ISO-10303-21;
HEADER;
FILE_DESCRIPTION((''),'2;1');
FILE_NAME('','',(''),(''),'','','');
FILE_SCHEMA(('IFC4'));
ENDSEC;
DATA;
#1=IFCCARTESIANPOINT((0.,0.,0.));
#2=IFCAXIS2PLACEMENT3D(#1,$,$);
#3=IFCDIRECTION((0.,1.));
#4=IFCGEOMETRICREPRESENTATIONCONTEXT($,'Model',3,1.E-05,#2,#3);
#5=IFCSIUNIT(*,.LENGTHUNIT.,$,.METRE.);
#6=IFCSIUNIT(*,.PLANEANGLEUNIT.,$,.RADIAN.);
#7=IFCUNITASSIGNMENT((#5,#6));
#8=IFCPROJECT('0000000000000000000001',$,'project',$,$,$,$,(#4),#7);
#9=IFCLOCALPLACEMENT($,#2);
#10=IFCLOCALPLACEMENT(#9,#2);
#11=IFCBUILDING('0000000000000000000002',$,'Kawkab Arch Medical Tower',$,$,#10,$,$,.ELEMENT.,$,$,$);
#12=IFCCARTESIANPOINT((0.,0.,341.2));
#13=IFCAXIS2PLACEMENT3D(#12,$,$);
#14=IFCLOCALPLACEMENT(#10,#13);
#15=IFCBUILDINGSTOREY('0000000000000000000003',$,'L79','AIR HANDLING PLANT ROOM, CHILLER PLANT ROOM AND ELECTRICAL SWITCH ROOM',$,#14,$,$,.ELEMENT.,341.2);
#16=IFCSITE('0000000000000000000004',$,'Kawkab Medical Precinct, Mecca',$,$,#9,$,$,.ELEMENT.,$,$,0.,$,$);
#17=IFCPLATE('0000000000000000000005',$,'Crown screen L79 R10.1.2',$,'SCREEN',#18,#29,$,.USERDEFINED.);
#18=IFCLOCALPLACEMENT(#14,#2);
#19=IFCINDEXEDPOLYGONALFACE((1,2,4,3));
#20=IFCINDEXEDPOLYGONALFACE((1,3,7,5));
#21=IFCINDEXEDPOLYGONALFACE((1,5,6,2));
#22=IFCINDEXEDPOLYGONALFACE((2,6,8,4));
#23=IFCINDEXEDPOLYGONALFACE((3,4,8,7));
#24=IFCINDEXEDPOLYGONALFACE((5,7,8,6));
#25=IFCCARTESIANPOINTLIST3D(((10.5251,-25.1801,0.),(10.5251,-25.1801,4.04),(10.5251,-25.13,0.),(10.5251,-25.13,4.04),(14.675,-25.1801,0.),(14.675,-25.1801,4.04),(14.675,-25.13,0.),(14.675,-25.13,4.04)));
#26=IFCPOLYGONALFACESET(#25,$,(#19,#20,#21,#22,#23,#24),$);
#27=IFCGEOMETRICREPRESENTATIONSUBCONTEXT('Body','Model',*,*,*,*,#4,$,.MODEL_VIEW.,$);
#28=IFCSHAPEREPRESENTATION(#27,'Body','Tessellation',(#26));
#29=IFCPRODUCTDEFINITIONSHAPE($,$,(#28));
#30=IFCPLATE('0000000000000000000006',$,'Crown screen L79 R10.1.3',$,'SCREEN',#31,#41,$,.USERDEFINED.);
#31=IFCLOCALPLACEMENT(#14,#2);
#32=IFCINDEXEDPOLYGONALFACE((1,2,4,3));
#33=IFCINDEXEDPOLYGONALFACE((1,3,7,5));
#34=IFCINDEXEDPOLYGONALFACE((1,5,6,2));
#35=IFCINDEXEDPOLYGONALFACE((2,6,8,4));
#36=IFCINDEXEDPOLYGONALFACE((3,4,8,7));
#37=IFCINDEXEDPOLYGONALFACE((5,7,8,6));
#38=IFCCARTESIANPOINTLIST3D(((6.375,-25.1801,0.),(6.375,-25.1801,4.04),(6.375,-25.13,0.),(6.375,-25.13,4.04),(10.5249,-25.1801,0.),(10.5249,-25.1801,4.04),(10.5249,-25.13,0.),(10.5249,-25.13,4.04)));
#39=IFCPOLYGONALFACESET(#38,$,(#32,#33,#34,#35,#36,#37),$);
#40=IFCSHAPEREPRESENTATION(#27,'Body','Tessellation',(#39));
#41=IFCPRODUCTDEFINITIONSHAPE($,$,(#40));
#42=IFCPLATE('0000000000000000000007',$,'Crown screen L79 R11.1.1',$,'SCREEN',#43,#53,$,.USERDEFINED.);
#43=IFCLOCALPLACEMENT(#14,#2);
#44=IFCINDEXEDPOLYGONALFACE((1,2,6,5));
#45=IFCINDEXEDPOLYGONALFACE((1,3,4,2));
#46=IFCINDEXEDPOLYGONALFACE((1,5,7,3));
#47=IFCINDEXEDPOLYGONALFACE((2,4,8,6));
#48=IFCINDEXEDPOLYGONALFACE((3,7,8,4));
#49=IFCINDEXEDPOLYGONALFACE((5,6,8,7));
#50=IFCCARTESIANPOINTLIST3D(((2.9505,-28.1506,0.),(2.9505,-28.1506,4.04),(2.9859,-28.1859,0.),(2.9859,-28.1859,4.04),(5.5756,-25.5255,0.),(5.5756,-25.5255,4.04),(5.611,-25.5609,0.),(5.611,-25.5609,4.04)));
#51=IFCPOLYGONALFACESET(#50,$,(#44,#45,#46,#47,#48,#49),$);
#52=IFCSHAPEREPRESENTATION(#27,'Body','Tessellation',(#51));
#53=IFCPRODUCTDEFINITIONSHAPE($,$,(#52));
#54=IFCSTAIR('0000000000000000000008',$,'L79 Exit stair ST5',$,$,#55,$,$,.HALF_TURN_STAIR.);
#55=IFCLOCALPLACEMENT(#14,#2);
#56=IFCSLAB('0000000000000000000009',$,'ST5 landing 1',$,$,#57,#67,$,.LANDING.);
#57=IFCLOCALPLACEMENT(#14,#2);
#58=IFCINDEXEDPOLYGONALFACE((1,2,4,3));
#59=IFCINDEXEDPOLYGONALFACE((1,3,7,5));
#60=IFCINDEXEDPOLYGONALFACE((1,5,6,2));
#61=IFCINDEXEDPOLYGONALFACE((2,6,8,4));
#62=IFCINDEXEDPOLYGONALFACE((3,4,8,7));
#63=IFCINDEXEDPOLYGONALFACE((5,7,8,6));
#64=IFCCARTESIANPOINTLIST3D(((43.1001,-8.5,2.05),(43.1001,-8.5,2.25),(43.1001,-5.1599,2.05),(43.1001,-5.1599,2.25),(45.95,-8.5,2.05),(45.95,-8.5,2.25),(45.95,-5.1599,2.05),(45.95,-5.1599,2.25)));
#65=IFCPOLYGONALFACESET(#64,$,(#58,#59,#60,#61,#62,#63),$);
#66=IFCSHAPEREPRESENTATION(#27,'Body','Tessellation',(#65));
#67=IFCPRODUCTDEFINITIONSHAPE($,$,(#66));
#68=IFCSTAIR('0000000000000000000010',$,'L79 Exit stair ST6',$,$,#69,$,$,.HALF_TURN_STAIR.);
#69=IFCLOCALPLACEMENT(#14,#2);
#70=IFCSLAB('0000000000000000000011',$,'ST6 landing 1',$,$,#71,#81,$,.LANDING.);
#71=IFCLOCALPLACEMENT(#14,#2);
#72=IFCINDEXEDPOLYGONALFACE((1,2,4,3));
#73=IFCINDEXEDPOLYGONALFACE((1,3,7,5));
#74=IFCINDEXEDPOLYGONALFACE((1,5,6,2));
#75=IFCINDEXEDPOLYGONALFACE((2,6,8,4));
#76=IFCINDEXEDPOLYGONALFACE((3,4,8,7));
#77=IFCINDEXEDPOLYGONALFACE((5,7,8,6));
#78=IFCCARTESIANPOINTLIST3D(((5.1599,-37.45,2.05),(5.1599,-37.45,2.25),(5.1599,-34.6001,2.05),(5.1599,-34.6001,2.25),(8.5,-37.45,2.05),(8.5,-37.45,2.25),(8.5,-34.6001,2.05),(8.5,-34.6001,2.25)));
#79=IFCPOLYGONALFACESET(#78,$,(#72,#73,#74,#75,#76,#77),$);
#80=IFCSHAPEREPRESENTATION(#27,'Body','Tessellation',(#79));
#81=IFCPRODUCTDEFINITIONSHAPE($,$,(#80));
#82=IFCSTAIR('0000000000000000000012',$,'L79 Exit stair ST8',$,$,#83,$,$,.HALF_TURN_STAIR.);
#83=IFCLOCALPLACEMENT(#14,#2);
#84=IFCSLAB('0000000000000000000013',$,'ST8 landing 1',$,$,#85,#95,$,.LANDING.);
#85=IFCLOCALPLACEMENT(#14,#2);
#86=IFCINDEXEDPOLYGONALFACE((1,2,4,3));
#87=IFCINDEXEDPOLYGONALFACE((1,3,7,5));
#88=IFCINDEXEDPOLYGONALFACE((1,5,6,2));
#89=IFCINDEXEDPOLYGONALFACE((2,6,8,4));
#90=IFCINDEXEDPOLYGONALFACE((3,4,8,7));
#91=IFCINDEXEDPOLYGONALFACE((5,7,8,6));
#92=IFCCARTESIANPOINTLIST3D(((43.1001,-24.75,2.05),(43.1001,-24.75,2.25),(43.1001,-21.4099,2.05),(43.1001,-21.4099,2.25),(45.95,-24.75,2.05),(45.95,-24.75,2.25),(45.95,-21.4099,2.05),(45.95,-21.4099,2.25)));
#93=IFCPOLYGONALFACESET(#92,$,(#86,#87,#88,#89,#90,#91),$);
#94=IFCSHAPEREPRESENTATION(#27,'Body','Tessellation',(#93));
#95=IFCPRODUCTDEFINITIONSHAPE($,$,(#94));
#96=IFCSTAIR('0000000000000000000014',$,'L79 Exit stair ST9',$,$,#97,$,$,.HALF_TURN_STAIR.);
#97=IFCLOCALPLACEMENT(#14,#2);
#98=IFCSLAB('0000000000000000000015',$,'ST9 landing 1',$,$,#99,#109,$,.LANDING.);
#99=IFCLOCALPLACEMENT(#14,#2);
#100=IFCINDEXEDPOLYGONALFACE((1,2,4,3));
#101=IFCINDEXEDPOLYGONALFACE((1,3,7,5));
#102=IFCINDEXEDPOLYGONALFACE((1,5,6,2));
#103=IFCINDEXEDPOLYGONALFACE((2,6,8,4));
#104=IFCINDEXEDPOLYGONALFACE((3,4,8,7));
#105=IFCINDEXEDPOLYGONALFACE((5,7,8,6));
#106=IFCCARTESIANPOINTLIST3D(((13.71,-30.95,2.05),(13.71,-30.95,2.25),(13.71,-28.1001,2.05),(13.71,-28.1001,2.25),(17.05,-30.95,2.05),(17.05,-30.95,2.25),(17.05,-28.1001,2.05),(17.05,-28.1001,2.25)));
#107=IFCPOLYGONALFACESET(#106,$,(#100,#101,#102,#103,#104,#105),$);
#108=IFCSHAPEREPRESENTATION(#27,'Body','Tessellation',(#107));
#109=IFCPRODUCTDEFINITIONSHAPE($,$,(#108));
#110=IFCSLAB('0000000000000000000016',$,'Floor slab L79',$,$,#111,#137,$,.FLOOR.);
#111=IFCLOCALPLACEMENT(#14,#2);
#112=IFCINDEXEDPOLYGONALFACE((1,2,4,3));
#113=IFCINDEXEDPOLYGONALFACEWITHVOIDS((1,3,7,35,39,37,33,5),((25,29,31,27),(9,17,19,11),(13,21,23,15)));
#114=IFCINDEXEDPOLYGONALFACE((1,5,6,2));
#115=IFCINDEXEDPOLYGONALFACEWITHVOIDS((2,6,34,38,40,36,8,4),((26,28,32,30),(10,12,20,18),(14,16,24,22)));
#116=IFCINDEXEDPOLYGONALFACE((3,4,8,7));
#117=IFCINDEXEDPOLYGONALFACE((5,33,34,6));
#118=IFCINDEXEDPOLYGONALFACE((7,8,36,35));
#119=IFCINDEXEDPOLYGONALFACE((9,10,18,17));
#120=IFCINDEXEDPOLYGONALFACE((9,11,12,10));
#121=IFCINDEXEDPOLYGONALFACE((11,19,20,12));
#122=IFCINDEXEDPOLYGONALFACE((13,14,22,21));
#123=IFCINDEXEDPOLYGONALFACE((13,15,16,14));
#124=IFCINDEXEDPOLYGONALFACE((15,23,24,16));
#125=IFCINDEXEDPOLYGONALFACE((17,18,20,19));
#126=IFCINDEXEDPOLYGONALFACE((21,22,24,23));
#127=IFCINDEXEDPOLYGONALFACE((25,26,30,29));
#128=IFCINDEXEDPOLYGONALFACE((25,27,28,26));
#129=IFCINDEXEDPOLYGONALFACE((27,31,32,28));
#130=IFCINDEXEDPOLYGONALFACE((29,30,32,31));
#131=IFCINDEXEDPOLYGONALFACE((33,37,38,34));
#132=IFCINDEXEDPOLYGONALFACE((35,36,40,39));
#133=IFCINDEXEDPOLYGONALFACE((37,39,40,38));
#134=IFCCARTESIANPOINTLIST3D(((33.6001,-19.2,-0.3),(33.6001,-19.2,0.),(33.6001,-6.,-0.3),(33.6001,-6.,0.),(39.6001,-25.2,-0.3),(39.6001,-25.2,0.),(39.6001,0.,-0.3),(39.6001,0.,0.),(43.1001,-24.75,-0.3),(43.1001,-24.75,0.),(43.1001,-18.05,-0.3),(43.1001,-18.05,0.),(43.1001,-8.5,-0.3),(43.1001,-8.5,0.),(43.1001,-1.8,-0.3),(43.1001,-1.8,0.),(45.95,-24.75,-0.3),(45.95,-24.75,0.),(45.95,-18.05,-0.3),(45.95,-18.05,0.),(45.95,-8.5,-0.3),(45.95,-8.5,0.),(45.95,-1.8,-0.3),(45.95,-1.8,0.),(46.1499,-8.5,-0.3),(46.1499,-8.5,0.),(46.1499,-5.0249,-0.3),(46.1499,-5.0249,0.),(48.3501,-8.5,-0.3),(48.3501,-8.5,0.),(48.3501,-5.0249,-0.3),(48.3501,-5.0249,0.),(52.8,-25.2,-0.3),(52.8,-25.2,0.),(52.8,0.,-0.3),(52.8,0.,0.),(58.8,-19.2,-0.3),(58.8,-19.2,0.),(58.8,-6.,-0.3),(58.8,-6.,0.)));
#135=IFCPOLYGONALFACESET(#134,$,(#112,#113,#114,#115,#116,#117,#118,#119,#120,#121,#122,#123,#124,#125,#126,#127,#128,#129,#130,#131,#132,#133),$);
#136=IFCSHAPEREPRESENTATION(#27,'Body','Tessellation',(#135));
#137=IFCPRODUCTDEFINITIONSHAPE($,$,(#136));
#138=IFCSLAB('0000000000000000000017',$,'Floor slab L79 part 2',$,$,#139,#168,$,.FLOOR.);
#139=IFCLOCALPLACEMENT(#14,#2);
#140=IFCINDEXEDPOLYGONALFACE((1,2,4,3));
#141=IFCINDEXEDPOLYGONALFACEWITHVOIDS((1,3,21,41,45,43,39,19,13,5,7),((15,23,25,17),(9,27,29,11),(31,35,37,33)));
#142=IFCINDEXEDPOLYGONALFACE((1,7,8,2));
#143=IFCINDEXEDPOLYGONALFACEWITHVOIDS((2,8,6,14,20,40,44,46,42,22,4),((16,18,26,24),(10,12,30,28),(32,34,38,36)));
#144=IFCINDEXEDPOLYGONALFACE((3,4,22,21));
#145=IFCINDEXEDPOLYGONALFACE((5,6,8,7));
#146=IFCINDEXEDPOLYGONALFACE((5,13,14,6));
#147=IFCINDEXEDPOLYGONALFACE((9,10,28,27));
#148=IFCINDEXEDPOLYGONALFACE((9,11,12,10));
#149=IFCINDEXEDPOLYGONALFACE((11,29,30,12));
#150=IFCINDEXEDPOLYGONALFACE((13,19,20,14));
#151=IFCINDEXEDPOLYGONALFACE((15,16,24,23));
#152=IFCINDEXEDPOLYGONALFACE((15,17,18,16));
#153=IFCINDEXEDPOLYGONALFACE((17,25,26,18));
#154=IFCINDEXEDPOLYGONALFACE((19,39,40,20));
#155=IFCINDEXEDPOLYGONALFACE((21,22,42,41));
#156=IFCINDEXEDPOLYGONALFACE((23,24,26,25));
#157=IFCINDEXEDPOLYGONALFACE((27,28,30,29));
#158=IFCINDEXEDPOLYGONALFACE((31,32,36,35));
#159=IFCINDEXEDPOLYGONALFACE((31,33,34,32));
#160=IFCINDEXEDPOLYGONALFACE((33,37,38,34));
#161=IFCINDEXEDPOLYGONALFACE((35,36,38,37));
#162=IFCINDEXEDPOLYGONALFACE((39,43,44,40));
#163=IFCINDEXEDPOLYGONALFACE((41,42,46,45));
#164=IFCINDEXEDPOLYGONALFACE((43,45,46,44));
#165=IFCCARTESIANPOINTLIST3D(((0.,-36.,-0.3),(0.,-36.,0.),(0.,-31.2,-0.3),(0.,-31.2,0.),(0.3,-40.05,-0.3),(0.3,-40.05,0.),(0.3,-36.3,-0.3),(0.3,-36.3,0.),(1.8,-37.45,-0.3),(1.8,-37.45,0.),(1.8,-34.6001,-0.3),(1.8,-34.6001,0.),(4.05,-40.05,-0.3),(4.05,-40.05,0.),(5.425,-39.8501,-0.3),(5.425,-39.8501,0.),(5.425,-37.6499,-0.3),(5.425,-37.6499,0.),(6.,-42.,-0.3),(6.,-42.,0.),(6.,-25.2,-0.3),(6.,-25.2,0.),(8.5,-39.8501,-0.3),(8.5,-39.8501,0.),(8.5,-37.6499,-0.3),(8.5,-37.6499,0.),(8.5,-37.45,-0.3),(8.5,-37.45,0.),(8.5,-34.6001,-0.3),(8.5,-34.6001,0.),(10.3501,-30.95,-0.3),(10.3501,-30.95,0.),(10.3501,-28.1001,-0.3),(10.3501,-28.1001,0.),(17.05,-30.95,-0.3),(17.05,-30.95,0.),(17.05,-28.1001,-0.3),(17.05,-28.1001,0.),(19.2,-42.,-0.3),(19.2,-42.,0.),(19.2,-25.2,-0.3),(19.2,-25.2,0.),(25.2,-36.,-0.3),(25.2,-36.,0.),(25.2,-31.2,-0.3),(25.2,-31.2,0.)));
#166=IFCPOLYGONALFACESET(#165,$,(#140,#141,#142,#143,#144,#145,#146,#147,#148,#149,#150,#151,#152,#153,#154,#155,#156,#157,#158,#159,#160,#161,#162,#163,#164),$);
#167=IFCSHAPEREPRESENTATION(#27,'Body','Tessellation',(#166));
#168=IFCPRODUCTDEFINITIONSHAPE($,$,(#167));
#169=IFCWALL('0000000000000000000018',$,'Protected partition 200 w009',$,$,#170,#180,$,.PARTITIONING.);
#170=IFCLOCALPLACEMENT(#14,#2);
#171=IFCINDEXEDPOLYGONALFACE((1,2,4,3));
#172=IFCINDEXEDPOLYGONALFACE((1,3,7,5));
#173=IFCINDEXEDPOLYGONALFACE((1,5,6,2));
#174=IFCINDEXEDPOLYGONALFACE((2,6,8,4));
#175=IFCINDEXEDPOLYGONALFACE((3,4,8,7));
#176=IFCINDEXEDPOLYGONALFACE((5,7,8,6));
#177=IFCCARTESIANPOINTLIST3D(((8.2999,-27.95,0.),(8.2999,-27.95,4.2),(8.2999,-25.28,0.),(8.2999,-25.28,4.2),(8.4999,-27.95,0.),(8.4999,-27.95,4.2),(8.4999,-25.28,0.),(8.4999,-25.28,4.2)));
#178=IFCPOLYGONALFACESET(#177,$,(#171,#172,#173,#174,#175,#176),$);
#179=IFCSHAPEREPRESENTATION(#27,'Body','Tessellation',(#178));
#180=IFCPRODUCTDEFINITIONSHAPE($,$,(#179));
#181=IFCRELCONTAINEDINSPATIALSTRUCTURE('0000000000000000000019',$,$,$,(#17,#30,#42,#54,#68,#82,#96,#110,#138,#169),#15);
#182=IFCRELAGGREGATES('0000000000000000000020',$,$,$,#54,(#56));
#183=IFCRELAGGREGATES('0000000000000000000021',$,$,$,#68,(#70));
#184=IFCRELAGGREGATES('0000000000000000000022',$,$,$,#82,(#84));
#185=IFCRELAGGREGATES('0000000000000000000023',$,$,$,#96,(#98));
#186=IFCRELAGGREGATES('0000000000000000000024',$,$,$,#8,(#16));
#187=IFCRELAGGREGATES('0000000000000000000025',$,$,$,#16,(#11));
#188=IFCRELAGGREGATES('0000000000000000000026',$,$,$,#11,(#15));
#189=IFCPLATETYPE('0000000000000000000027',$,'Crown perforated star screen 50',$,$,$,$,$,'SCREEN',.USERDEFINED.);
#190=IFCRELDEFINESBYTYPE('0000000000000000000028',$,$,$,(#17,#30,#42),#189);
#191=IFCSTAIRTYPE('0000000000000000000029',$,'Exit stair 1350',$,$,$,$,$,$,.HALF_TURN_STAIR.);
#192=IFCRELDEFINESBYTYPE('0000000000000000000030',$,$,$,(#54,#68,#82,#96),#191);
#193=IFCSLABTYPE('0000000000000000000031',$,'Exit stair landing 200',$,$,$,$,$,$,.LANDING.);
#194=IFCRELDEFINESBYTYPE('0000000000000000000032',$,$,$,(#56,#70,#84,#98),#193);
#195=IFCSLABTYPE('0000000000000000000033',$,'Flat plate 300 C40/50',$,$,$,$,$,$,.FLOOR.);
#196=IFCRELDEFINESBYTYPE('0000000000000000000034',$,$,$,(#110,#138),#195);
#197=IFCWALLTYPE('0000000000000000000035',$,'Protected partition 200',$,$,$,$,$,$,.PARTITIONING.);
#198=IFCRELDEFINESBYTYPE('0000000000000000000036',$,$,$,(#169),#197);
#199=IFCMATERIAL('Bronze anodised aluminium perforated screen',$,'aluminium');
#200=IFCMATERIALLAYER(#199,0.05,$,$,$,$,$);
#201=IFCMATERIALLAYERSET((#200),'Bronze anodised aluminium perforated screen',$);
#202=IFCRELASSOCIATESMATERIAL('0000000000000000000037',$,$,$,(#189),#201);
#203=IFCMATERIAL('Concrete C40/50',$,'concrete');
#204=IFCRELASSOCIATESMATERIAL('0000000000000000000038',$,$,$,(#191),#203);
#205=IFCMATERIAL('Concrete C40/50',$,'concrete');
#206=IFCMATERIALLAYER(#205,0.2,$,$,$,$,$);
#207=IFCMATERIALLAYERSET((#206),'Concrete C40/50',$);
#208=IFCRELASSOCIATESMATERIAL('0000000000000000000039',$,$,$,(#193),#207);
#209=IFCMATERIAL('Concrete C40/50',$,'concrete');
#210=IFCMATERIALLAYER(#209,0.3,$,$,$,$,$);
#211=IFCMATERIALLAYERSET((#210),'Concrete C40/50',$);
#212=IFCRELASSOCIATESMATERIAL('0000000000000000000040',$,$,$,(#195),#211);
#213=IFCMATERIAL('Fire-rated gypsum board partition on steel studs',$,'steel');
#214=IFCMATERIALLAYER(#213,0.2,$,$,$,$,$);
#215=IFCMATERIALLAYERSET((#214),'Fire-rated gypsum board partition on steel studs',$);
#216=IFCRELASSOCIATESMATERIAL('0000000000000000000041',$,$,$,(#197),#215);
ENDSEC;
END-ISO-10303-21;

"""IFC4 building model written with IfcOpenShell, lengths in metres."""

from ifc_helpers import new_model, si_unit, direction, frame, frame_2d, origin, origin_2d, place, context, subcontext, project, spatial, polyline, rectangle, outline, extrude, material, layer, layer_set, type_object, element, aggregate, save


model = new_model("IFC4")

# Units and contexts
model_context = context("Model", 3, precision=1e-05, world=origin(), true_north=direction((0.0, 1.0)))
body_context = subcontext(model_context, "Body", "Model", "MODEL_VIEW")
ifc_project = project(units=[si_unit("LENGTHUNIT", "METRE"), si_unit("PLANEANGLEUNIT", "RADIAN")], contexts=[model_context])

# Site, building, storey
site_placement = place(None, origin())
site = spatial("IfcSite", under=ifc_project, at=site_placement, Name="Kawkab Medical Precinct, Mecca", CompositionType="ELEMENT", RefElevation=0.0)
building_placement = place(site_placement, origin())
building = spatial("IfcBuilding", under=site, at=building_placement, Name="Kawkab Arch Medical Tower", CompositionType="ELEMENT")
storey_placement = place(building_placement, frame((0.0, 0.0, 341.2)))
storey = spatial("IfcBuildingStorey", under=building, at=storey_placement, Name="L79", Description="AIR HANDLING PLANT ROOM, CHILLER PLANT ROOM AND ELECTRICAL SWITCH ROOM", CompositionType="ELEMENT", Elevation=341.2)

# Shared definitions
placement_1 = place(storey_placement, origin())

# Plates
ifc_material_1 = material(Name="Bronze anodised aluminium perforated screen", Category="aluminium")
ifc_layer_1 = layer(ifc_material_1, 0.05)
ifc_layer_set_1 = layer_set([ifc_layer_1], Name="Bronze anodised aluminium perforated screen")
plate_type_1 = type_object("IfcPlateType", Name="Crown perforated star screen 50", ElementType="SCREEN", PredefinedType="USERDEFINED", material=ifc_layer_set_1)
for number, where, z_axis, x_axis, name in (
    (1, (12.6001, -25.155, 0.0), (0.0, 0.0, 1.0), (-1.0, 0.0, 0.0), "Crown screen L79 R10.1.2"),
    (2, (8.45, -25.155, 0.0), (0.0, 0.0, 1.0), (-1.0, 0.0, 0.0), "Crown screen L79 R10.1.3"),
):
    element("IfcPlate", number, at=place(storey_placement, frame(where, z_axis=z_axis, x_axis=x_axis)), inside=storey, type_object=plate_type_1, Name=name, ObjectType="SCREEN", PredefinedType="USERDEFINED", context=body_context, shape_type="SweptSolid", body=[
        extrude(rectangle(XDim=4.1499, YDim=0.05, at=origin_2d()), origin(), (0.0, 0.0, 1.0), 4.04),
    ])
plate_1_placement = place(storey_placement, frame((4.2808, -26.8557, 0.0), z_axis=(0.0, 0.0, 1.0), x_axis=(-0.707107, -0.707107, 0.0)))
element("IfcPlate", 3, at=plate_1_placement, inside=storey, type_object=plate_type_1, Name="Crown screen L79 R11.1.1", ObjectType="SCREEN", PredefinedType="USERDEFINED", context=body_context, shape_type="SweptSolid", body=[
    extrude(rectangle(XDim=3.7124, YDim=0.05, at=origin_2d()), origin(), (0.0, 0.0, 1.0), 4.04),
])

# Stairs, slabs
ifc_material_2 = material(Name="Concrete C40/50", Category="concrete")
stair_type = type_object("IfcStairType", Name="Exit stair 1350", PredefinedType="HALF_TURN_STAIR", material=ifc_material_2)
stair_1 = element("IfcStair", 4, at=placement_1, inside=storey, type_object=stair_type, Name="L79 Exit stair ST5", PredefinedType="HALF_TURN_STAIR")
ifc_material_3 = material(Name="Concrete C40/50", Category="concrete")
ifc_layer_2 = layer(ifc_material_3, 0.2)
ifc_layer_set_2 = layer_set([ifc_layer_2], Name="Concrete C40/50")
slab_type_1 = type_object("IfcSlabType", Name="Exit stair landing 200", PredefinedType="LANDING", material=ifc_layer_set_2)
placement_2 = place(storey_placement, frame((0.0, 0.0, 2.05)))
slab_1 = element("IfcSlab", 5, at=placement_2, type_object=slab_type_1, Name="ST5 landing 1", PredefinedType="LANDING", context=body_context, shape_type="SweptSolid", body=[
    extrude(outline(polyline([(43.1001, -5.1599), (43.1001, -8.5), (45.95, -8.5), (45.95, -5.1599), (43.1001, -5.1599)])), origin(), (0.0, 0.0, 1.0), 0.2),
])
aggregate(stair_1, [slab_1])
stair_2 = element("IfcStair", 6, at=placement_1, inside=storey, type_object=stair_type, Name="L79 Exit stair ST6", PredefinedType="HALF_TURN_STAIR")
slab_2 = element("IfcSlab", 7, at=placement_2, type_object=slab_type_1, Name="ST6 landing 1", PredefinedType="LANDING", context=body_context, shape_type="SweptSolid", body=[
    extrude(outline(polyline([(5.1599, -37.45), (8.5, -37.45), (8.5, -34.6001), (5.1599, -34.6001), (5.1599, -37.45)])), origin(), (0.0, 0.0, 1.0), 0.2),
])
aggregate(stair_2, [slab_2])
stair_3 = element("IfcStair", 8, at=placement_1, inside=storey, type_object=stair_type, Name="L79 Exit stair ST8", PredefinedType="HALF_TURN_STAIR")
slab_3 = element("IfcSlab", 9, at=placement_2, type_object=slab_type_1, Name="ST8 landing 1", PredefinedType="LANDING", context=body_context, shape_type="SweptSolid", body=[
    extrude(outline(polyline([(43.1001, -21.4099), (43.1001, -24.75), (45.95, -24.75), (45.95, -21.4099), (43.1001, -21.4099)])), origin(), (0.0, 0.0, 1.0), 0.2),
])
aggregate(stair_3, [slab_3])
stair_4 = element("IfcStair", 10, at=placement_1, inside=storey, type_object=stair_type, Name="L79 Exit stair ST9", PredefinedType="HALF_TURN_STAIR")
slab_4 = element("IfcSlab", 11, at=placement_2, type_object=slab_type_1, Name="ST9 landing 1", PredefinedType="LANDING", context=body_context, shape_type="SweptSolid", body=[
    extrude(outline(polyline([(13.71, -30.95), (17.05, -30.95), (17.05, -28.1001), (13.71, -28.1001), (13.71, -30.95)])), origin(), (0.0, 0.0, 1.0), 0.2),
])
aggregate(stair_4, [slab_4])

# Slabs
ifc_material_4 = material(Name="Concrete C40/50", Category="concrete")
ifc_layer_3 = layer(ifc_material_4, 0.3)
ifc_layer_set_3 = layer_set([ifc_layer_3], Name="Concrete C40/50")
slab_type_2 = type_object("IfcSlabType", Name="Flat plate 300 C40/50", PredefinedType="FLOOR", material=ifc_layer_set_3)
placement_3 = place(storey_placement, frame((0.0, 0.0, -0.3)))
element("IfcSlab", 12, at=placement_3, inside=storey, type_object=slab_type_2, Name="Floor slab L79", PredefinedType="FLOOR", context=body_context, shape_type="SweptSolid", body=[
    extrude(outline(polyline([(58.8, -19.2), (52.8, -25.2), (39.6001, -25.2), (33.6001, -19.2), (33.6001, -6.0), (39.6001, 0.0), (52.8, 0.0), (58.8, -6.0), (58.8, -19.2)]), holes=[polyline([(45.95, -18.05), (43.1001, -18.05), (43.1001, -24.75), (45.95, -24.75), (45.95, -18.05)]), polyline([(48.3501, -8.5), (48.3501, -5.0249), (46.1499, -5.0249), (46.1499, -8.5), (48.3501, -8.5)]), polyline([(45.95, -8.5), (45.95, -1.8), (43.1001, -1.8), (43.1001, -8.5), (45.95, -8.5)])]), origin(), (0.0, 0.0, 1.0), 0.3),
])
element("IfcSlab", 13, at=placement_3, inside=storey, type_object=slab_type_2, Name="Floor slab L79 part 2", PredefinedType="FLOOR", context=body_context, shape_type="SweptSolid", body=[
    extrude(outline(polyline([(25.2, -36.0), (19.2, -42.0), (6.0, -42.0), (4.05, -40.05), (0.3, -40.05), (0.3, -36.3), (0.0, -36.0), (0.0, -31.2), (6.0, -25.2), (19.2, -25.2), (25.2, -31.2), (25.2, -36.0)]), holes=[polyline([(8.5, -39.8501), (8.5, -37.6499), (5.425, -37.6499), (5.425, -39.8501), (8.5, -39.8501)]), polyline([(8.5, -34.6001), (1.8, -34.6001), (1.8, -37.45), (8.5, -37.45), (8.5, -34.6001)]), polyline([(17.05, -28.1001), (10.3501, -28.1001), (10.3501, -30.95), (17.05, -30.95), (17.05, -28.1001)])]), origin(), (0.0, 0.0, 1.0), 0.3),
])

# Wall
ifc_material_5 = material(Name="Fire-rated gypsum board partition on steel studs", Category="steel")
ifc_layer_4 = layer(ifc_material_5, 0.2)
ifc_layer_set_4 = layer_set([ifc_layer_4], Name="Fire-rated gypsum board partition on steel studs")
wall_type_1 = type_object("IfcWallType", Name="Protected partition 200", PredefinedType="PARTITIONING", material=ifc_layer_set_4)
wall_1_placement = place(storey_placement, frame((8.3999, -27.95, 0.0), z_axis=(0.0, 0.0, 1.0), x_axis=(0.0, 1.0, 0.0)))
element("IfcWall", 14, at=wall_1_placement, inside=storey, type_object=wall_type_1, Name="Protected partition 200 w009", PredefinedType="PARTITIONING", context=body_context, shape_type="SweptSolid", body=[
    extrude(rectangle(XDim=2.6699, YDim=0.2, at=frame_2d((1.335, 0.0))), origin(), (0.0, 0.0, 1.0), 4.2),
])

save(model, "model.ifc")
